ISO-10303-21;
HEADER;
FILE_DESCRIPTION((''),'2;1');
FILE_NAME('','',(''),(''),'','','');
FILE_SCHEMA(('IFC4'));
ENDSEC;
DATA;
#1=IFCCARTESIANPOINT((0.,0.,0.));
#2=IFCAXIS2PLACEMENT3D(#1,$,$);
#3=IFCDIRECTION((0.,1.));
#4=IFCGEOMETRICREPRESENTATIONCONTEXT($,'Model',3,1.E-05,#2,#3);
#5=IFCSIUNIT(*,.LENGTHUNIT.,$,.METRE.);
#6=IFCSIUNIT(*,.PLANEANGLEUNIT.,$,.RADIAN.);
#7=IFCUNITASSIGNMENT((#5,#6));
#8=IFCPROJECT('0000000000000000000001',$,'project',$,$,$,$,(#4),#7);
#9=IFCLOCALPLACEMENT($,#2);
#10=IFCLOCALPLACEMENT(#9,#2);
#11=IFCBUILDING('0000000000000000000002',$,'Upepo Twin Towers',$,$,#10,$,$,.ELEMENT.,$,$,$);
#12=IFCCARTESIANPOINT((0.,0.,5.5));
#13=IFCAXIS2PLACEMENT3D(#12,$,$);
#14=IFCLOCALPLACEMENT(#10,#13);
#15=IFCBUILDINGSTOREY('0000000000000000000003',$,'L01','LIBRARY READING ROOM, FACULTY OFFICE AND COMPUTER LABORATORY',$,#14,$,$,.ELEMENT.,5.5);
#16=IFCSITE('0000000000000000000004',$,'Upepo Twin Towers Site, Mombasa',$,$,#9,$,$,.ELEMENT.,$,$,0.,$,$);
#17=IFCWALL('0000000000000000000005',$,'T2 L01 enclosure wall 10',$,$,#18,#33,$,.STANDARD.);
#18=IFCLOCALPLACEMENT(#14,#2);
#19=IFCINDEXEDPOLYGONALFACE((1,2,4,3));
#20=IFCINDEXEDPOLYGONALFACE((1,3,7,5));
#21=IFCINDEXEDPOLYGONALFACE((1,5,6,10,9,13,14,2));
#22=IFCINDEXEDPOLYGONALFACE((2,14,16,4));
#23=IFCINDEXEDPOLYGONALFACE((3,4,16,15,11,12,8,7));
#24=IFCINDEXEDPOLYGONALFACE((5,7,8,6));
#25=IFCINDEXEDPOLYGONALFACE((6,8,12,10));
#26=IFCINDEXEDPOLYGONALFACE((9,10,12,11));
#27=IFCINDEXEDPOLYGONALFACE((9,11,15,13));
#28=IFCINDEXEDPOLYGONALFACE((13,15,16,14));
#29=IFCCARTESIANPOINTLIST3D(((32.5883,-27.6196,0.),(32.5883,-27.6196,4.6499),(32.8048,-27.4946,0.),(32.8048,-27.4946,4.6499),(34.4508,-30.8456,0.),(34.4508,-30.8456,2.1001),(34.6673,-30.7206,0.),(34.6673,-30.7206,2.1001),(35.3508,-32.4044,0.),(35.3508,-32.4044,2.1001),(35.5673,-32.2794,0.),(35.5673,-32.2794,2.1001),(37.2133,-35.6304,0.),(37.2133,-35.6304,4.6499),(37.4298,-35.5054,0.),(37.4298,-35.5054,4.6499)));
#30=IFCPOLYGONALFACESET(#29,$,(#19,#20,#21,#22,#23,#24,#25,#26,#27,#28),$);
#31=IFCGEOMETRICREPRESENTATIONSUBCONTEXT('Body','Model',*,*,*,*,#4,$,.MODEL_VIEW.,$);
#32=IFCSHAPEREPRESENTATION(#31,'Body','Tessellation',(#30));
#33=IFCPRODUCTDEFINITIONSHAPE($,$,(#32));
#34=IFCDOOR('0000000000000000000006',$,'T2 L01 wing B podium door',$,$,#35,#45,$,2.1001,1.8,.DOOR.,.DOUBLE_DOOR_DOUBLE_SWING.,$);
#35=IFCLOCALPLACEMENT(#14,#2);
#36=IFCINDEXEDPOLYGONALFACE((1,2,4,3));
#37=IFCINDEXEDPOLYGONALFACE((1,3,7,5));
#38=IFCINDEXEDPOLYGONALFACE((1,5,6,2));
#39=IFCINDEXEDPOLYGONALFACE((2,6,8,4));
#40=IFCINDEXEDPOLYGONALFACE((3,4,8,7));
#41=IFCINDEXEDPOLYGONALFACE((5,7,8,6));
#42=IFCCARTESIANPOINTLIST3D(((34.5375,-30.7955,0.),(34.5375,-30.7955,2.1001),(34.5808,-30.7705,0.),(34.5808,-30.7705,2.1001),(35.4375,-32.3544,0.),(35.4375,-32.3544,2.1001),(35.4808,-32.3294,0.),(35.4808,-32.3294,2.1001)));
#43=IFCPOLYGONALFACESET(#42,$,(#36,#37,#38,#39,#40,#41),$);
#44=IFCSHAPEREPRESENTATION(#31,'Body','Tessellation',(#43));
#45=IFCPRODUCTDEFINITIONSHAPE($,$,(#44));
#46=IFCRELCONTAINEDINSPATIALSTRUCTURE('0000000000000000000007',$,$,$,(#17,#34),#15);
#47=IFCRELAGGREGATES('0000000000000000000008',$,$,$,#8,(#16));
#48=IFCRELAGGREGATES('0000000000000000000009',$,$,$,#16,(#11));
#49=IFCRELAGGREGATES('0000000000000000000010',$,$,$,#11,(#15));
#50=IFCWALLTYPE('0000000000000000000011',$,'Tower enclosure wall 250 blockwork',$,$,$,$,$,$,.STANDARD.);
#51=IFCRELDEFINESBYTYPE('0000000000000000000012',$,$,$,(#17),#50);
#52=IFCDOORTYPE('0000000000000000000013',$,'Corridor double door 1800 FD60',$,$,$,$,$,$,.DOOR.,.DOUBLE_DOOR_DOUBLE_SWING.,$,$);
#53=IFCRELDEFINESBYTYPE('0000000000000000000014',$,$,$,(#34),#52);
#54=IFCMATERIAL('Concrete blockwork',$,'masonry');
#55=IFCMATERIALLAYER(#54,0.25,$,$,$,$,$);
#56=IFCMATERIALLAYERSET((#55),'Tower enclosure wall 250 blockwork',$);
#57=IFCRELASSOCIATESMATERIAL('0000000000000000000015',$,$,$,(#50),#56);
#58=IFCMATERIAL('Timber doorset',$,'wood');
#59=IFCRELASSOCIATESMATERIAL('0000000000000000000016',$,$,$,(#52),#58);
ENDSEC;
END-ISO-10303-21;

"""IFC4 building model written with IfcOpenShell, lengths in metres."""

from ifc_helpers import new_model, si_unit, direction, frame, frame_2d, origin, place, context, subcontext, project, spatial, rectangle, extrude, material, layer, layer_set, type_object, element, fill, save


model = new_model("IFC4")

# Units and contexts
model_context = context("Model", 3, precision=1e-05, world=origin(), true_north=direction((0.0, 1.0)))
body_context = subcontext(model_context, "Body", "Model", "MODEL_VIEW")
ifc_project = project(units=[si_unit("LENGTHUNIT", "METRE"), si_unit("PLANEANGLEUNIT", "RADIAN")], contexts=[model_context])

# Site, building, storey
site_placement = place(None, origin())
site = spatial("IfcSite", under=ifc_project, at=site_placement, Name="Upepo Twin Towers Site, Mombasa", CompositionType="ELEMENT", RefElevation=0.0)
building_placement = place(site_placement, origin())
building = spatial("IfcBuilding", under=site, at=building_placement, Name="Upepo Twin Towers", CompositionType="ELEMENT")
storey_placement = place(building_placement, frame((0.0, 0.0, 5.5)))
storey = spatial("IfcBuildingStorey", under=building, at=storey_placement, Name="L01", Description="LIBRARY READING ROOM, FACULTY OFFICE AND COMPUTER LABORATORY", CompositionType="ELEMENT", Elevation=5.5)

# Shared definitions
ifc_material_1 = material(Name="Concrete blockwork", Category="masonry")
ifc_layer_1 = layer(ifc_material_1, 0.25)
ifc_layer_set_1 = layer_set([ifc_layer_1], Name="Tower enclosure wall 250 blockwork")
wall_type_1 = type_object("IfcWallType", Name="Tower enclosure wall 250 blockwork", PredefinedType="STANDARD", material=ifc_layer_set_1)

# Wall, opening, door
wall_1_placement = place(storey_placement, frame((37.3215, -35.5679, 0.0), z_axis=(0.0, 0.0, 1.0), x_axis=(-0.5, 0.866026, 0.0)))
wall_1 = element("IfcWall", 1, at=wall_1_placement, inside=storey, type_object=wall_type_1, Name="T2 L01 enclosure wall 10", PredefinedType="STANDARD", context=body_context, shape_type="SweptSolid", body=[
    extrude(rectangle(XDim=9.25, YDim=0.25, at=frame_2d((4.625, 0.0))), origin(), (0.0, 0.0, 1.0), 4.6499),
])
opening_1_placement = place(wall_1_placement, frame((3.7251, 0.0, 0.0)))
opening_1 = element("IfcOpeningElement", 2, at=opening_1_placement, cuts=wall_1, PredefinedType="OPENING", context=body_context, shape_type="SweptSolid", body=[
    extrude(rectangle(XDim=1.8, YDim=2.1001, at=frame_2d((0.8999, 1.05))), frame((0.0, 0.135, 0.0), z_axis=(0.0, -1.0, 0.0), x_axis=(1.0, 0.0, 0.0)), (0.0, 0.0, 1.0), 0.27),
])
ifc_material_2 = material(Name="Timber doorset", Category="wood")
door_type_1 = type_object("IfcDoorType", Name="Corridor double door 1800 FD60", OperationType="DOUBLE_DOOR_DOUBLE_SWING", PredefinedType="DOOR", material=ifc_material_2)
door_1_placement = place(opening_1_placement, origin())
door_1 = element("IfcDoor", 3, at=door_1_placement, inside=storey, type_object=door_type_1, Name="T2 L01 wing B podium door", OperationType="DOUBLE_DOOR_DOUBLE_SWING", OverallHeight=2.1001, OverallWidth=1.8, PredefinedType="DOOR", context=body_context, shape_type="SweptSolid", body=[
    extrude(rectangle(XDim=1.8, YDim=2.1001, at=frame_2d((0.8999, 1.05))), frame((0.0, 0.0249, 0.0), z_axis=(0.0, -1.0, 0.0), x_axis=(1.0, 0.0, 0.0)), (0.0, 0.0, 1.0), 0.05),
])
fill(opening_1, door_1)

save(model, "model.ifc")
